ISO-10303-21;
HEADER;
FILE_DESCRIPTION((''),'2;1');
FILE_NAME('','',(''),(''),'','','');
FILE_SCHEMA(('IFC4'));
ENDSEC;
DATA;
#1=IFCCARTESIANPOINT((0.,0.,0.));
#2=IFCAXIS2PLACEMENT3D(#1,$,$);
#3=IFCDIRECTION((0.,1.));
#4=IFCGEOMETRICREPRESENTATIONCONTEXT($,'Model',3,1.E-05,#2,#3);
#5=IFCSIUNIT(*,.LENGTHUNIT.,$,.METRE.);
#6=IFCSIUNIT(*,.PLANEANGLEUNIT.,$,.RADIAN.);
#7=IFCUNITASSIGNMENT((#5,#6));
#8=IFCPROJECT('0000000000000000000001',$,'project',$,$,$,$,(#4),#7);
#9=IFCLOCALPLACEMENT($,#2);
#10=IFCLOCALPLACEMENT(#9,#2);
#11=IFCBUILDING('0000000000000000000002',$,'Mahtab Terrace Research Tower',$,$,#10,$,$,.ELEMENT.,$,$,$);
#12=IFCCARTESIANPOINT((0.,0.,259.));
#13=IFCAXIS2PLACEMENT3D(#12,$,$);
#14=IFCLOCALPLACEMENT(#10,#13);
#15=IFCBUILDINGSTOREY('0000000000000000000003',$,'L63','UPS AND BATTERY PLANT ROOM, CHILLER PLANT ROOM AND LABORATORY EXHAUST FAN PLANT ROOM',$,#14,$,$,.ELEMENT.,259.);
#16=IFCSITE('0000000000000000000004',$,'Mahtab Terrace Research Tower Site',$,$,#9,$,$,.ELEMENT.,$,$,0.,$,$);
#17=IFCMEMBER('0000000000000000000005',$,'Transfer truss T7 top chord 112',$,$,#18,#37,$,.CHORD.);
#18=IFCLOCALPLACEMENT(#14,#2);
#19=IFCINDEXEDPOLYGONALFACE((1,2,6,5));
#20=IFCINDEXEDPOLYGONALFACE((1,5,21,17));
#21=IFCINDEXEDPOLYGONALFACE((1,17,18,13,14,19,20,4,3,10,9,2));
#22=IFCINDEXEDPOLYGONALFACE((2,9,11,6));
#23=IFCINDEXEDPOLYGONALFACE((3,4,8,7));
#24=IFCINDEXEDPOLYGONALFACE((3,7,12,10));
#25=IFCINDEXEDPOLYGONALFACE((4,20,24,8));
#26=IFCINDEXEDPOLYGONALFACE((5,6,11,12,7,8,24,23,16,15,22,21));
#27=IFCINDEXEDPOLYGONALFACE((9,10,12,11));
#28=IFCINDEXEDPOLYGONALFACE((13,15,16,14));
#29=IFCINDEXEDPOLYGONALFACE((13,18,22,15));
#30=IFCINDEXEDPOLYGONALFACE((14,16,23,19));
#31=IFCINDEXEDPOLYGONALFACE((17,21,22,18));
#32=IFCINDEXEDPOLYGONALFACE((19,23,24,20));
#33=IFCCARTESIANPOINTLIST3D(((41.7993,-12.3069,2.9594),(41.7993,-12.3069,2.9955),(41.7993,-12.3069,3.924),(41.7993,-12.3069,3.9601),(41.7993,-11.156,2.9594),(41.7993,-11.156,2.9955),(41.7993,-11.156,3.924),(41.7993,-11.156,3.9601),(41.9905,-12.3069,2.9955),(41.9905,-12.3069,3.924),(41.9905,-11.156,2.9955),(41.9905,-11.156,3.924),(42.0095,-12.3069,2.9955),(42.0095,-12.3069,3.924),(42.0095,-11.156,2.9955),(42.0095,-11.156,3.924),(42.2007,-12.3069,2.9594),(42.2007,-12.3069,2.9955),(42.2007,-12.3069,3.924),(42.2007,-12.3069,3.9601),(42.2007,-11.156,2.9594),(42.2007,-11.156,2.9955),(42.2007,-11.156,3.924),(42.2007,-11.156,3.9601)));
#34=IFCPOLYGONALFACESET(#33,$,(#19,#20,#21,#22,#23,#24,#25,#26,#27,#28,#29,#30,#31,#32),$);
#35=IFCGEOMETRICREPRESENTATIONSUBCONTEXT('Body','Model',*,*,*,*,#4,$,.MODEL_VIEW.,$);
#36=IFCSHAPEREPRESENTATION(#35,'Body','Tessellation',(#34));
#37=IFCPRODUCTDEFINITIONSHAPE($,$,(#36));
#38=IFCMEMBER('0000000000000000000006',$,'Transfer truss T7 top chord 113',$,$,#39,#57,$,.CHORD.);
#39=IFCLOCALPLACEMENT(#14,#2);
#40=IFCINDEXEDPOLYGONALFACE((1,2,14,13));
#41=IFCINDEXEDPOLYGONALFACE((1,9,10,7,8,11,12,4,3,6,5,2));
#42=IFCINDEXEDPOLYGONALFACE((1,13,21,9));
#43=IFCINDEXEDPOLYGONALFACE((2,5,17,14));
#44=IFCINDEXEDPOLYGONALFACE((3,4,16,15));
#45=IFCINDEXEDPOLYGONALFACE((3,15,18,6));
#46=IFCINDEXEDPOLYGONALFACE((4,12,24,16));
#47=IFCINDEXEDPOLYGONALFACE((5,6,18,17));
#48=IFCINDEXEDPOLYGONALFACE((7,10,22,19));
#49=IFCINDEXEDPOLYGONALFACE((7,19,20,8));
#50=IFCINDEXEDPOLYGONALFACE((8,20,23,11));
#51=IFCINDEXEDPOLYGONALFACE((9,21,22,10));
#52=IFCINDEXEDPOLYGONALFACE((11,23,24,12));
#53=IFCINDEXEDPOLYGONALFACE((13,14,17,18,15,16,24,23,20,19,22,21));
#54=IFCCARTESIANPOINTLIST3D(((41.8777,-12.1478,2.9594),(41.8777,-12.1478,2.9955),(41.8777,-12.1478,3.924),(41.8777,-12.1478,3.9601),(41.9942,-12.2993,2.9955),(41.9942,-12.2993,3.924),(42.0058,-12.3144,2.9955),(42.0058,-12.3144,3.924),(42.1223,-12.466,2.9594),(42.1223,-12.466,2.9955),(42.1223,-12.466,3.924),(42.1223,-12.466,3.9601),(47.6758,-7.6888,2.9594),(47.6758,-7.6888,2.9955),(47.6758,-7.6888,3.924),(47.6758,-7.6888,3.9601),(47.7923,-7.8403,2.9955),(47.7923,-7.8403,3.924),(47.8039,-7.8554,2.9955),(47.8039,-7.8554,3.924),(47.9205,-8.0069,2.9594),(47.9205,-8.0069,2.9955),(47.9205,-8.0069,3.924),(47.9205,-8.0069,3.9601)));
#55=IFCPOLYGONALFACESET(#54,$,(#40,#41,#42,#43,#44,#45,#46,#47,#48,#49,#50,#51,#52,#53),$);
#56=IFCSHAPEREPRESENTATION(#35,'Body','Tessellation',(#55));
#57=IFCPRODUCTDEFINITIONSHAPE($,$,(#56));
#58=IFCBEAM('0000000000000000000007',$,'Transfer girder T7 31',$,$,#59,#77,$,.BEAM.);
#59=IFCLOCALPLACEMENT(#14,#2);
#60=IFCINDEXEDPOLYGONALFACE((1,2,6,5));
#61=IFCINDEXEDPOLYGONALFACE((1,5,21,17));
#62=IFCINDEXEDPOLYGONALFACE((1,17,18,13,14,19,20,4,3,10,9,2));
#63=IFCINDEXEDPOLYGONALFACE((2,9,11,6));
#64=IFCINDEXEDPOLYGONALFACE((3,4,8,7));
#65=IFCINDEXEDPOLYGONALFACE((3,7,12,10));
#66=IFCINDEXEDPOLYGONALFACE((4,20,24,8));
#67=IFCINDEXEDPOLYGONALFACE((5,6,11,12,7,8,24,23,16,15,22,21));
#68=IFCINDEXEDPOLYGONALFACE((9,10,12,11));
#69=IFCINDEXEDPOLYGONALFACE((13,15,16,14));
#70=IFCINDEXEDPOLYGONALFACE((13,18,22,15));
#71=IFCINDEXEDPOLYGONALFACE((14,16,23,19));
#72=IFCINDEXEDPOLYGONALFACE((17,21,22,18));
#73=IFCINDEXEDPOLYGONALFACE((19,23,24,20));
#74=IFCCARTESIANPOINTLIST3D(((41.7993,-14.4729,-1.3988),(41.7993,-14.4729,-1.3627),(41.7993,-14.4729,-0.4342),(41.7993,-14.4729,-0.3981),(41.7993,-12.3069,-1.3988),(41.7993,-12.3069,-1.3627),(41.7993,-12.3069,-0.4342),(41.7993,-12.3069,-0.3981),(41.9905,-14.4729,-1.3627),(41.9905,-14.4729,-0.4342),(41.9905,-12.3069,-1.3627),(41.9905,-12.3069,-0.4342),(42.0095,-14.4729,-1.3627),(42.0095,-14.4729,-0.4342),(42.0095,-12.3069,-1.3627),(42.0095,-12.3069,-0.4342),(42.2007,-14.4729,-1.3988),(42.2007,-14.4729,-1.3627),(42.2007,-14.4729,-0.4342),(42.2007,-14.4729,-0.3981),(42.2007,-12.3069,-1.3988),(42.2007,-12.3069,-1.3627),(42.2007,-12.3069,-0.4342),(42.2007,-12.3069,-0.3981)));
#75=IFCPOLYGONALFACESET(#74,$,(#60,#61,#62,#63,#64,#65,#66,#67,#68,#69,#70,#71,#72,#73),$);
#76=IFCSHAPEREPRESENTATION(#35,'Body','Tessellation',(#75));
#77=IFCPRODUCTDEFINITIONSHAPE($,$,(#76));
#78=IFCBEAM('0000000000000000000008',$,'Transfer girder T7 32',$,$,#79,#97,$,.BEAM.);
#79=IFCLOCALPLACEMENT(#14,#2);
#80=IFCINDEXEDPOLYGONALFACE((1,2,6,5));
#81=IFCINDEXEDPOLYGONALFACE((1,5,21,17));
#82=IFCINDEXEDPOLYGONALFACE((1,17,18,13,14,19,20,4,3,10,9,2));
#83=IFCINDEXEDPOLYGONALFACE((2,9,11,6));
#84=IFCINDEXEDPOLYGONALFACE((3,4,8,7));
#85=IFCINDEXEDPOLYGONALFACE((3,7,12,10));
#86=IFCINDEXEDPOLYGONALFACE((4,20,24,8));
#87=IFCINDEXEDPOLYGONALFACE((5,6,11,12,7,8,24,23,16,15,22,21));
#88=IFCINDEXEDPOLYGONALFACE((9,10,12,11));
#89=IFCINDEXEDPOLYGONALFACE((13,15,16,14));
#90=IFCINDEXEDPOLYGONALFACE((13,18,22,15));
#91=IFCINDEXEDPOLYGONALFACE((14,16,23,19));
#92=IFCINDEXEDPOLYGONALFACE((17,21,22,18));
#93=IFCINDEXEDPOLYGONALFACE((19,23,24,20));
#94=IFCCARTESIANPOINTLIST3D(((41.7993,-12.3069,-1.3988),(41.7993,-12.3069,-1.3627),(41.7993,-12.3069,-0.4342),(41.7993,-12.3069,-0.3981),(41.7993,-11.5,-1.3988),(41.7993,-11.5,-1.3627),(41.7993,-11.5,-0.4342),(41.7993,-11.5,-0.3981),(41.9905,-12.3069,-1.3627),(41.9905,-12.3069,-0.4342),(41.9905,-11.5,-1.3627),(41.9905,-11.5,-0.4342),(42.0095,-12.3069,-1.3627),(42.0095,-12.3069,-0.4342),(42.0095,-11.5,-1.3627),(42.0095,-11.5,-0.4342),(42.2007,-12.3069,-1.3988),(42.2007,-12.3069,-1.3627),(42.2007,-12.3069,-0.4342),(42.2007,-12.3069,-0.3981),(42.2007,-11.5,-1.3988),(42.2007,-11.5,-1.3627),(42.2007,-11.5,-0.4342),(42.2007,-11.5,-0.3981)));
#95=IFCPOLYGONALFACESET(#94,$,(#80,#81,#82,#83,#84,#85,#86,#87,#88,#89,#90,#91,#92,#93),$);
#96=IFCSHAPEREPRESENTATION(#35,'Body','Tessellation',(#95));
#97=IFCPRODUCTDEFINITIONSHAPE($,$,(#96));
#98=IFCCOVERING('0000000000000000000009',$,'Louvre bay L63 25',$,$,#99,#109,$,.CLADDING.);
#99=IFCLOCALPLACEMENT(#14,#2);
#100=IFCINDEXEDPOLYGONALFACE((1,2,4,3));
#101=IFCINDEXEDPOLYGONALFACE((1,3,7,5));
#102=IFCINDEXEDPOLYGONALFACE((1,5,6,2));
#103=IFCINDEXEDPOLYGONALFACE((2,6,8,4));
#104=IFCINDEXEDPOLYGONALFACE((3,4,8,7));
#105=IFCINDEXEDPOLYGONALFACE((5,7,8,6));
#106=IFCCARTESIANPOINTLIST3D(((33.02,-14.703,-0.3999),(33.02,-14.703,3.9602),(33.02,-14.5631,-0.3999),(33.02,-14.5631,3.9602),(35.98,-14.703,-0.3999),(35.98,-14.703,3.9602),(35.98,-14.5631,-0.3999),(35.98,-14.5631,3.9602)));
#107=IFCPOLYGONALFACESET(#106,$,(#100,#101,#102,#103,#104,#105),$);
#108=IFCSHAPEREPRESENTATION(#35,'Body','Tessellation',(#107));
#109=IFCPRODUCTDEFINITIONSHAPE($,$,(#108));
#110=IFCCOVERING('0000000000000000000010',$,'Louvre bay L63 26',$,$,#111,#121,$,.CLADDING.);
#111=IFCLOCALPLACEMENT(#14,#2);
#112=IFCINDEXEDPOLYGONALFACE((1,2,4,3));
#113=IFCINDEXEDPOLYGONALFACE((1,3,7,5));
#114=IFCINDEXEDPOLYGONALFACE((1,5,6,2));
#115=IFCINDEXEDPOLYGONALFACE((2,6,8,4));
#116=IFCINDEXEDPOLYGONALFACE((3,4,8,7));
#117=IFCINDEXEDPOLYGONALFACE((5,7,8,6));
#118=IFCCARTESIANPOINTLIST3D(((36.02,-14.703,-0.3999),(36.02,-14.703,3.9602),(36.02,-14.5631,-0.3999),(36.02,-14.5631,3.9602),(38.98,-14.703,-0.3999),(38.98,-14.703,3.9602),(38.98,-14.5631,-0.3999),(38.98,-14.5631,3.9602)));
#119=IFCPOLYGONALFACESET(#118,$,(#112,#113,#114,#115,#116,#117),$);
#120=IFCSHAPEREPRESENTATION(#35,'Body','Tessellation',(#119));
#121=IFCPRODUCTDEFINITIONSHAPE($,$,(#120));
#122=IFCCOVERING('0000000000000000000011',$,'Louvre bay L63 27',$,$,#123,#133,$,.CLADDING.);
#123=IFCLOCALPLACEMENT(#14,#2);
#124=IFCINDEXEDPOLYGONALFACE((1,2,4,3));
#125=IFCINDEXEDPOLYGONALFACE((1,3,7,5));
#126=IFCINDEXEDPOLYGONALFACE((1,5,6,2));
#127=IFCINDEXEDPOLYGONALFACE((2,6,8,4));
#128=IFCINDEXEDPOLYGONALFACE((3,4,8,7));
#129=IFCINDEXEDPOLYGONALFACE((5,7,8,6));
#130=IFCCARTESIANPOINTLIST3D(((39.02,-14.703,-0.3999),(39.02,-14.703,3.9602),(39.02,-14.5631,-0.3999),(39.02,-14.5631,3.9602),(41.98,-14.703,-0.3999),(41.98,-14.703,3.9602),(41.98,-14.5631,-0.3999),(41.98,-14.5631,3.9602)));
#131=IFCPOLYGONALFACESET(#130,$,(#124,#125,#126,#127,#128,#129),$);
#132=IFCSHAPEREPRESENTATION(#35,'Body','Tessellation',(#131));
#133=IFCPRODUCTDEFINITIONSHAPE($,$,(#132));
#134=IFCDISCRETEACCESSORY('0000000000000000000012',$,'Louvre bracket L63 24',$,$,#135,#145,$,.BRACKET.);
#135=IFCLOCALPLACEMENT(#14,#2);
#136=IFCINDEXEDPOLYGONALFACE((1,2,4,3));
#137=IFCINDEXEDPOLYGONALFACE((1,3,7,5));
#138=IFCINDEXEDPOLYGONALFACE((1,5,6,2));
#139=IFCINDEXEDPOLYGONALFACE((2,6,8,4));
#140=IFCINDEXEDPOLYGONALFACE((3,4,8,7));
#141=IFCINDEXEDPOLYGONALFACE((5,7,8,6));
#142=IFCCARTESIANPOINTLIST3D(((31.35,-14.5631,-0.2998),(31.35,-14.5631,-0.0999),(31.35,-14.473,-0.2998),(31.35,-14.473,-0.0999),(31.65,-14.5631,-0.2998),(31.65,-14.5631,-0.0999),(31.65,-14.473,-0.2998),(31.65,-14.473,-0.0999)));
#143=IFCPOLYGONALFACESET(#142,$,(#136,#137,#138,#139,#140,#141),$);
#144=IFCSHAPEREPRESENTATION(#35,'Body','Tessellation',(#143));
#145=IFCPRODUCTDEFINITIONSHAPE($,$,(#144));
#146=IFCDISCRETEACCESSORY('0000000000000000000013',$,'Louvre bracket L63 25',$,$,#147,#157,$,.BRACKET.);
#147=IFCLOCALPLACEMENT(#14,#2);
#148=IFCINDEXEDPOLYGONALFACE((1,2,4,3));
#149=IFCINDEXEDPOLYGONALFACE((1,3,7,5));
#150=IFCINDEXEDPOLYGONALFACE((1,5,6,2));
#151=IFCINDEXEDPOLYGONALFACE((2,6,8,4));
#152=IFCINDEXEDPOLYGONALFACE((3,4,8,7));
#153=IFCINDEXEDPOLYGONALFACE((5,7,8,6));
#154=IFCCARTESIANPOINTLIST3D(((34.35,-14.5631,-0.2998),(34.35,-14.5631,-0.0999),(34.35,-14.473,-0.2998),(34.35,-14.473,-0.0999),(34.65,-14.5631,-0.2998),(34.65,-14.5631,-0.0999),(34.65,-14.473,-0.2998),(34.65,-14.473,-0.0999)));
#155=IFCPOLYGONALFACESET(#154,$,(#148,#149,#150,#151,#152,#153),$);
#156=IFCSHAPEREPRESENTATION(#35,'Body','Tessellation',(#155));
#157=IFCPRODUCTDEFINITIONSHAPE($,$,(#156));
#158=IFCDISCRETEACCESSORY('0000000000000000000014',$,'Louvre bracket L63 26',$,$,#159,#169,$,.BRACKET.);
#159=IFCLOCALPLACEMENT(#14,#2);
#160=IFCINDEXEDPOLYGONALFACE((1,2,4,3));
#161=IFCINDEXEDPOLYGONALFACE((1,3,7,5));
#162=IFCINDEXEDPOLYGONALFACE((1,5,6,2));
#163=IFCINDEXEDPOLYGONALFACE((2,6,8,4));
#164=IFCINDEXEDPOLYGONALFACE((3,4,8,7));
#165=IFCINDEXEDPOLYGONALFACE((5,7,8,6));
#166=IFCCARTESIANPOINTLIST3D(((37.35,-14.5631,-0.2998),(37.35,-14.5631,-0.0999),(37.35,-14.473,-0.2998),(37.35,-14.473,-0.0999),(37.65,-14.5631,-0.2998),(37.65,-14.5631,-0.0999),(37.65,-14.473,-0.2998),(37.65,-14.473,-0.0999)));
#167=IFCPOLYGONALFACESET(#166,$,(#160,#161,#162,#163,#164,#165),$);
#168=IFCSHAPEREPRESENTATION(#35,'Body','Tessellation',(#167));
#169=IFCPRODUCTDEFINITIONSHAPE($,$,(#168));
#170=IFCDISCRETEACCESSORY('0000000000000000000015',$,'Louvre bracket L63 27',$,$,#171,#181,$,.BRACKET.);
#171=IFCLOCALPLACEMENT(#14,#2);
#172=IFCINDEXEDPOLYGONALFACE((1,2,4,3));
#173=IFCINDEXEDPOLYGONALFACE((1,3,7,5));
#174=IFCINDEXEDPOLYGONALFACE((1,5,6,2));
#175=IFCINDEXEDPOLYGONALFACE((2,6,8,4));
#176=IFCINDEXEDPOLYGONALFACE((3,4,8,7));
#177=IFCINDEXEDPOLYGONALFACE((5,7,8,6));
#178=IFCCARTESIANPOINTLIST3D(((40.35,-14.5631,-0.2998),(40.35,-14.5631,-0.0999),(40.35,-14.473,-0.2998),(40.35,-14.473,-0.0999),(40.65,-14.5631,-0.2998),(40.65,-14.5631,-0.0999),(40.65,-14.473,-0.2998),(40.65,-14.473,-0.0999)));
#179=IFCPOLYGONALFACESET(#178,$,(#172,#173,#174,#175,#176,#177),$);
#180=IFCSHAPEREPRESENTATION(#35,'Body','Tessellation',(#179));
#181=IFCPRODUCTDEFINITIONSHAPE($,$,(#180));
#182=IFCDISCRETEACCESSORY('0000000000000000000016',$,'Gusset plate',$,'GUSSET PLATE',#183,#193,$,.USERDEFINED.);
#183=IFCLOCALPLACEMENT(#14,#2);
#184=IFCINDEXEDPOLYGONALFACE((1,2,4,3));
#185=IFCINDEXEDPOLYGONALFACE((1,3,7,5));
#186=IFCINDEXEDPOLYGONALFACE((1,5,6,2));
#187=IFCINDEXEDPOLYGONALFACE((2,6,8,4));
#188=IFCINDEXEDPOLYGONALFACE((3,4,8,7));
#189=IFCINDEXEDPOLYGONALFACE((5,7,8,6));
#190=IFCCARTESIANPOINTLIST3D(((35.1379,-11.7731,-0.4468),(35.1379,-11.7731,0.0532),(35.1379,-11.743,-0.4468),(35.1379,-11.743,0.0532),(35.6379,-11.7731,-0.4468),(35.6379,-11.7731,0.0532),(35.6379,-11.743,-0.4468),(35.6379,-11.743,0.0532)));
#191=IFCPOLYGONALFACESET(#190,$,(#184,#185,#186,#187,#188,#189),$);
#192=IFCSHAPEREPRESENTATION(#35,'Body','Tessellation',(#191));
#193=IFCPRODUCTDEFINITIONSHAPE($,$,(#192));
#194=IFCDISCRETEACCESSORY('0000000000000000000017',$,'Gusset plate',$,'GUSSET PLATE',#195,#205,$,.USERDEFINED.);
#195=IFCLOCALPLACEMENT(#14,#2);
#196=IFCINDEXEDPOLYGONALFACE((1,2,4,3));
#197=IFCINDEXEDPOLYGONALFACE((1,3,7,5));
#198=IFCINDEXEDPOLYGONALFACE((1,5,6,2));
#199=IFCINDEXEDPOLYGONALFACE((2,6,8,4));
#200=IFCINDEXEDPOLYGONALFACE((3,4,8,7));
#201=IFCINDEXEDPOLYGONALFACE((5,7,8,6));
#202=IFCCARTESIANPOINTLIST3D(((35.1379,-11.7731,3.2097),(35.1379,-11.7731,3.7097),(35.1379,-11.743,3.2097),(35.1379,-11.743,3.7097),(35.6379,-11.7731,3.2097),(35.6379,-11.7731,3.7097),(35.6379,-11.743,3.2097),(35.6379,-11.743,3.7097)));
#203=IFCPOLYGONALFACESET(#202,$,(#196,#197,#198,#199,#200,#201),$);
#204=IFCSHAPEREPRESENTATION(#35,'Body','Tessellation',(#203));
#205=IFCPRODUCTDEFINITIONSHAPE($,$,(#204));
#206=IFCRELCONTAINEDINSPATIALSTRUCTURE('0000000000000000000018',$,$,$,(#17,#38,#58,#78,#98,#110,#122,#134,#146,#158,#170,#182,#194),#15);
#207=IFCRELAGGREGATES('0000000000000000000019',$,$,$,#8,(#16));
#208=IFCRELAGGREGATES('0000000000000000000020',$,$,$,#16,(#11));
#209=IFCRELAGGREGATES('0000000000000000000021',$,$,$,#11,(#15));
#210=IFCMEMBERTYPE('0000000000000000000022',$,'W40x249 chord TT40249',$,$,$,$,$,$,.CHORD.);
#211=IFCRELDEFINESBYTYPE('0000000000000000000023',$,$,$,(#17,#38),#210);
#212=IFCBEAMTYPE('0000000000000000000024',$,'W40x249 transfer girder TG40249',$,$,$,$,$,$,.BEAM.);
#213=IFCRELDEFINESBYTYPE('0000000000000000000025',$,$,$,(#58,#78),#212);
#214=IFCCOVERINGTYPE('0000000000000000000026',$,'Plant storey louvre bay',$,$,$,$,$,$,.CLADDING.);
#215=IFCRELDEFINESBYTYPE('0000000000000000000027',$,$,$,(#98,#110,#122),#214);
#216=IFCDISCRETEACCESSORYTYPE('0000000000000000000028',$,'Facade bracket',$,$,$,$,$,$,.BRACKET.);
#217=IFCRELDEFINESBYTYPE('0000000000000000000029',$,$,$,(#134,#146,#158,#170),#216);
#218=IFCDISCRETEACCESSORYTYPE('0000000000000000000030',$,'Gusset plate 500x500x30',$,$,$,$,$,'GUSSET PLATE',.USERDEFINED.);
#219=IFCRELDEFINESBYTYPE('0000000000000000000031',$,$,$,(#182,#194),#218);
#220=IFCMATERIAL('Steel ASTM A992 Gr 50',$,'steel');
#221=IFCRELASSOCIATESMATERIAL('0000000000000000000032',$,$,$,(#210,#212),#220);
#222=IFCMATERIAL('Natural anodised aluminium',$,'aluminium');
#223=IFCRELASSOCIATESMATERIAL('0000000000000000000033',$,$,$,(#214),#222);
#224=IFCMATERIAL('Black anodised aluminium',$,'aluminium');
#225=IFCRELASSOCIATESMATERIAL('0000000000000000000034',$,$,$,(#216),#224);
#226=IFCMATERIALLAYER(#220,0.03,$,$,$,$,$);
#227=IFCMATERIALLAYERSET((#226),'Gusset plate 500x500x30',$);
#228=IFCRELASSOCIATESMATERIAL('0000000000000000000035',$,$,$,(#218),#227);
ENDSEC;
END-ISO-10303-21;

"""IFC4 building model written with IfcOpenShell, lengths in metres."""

from ifc_helpers import new_model, si_unit, direction, frame, origin, origin_2d, place, context, subcontext, project, spatial, rectangle, i_section, extrude, material, layer, layer_set, material_profile, profile_set, type_object, element, save


model = new_model("IFC4")

# Units and contexts
model_context = context("Model", 3, precision=1e-05, world=origin(), true_north=direction((0.0, 1.0)))
body_context = subcontext(model_context, "Body", "Model", "MODEL_VIEW")
ifc_project = project(units=[si_unit("LENGTHUNIT", "METRE"), si_unit("PLANEANGLEUNIT", "RADIAN")], contexts=[model_context])

# Site, building, storey
site_placement = place(None, origin())
site = spatial("IfcSite", under=ifc_project, at=site_placement, Name="Mahtab Terrace Research Tower Site", CompositionType="ELEMENT", RefElevation=0.0)
building_placement = place(site_placement, origin())
building = spatial("IfcBuilding", under=site, at=building_placement, Name="Mahtab Terrace Research Tower", CompositionType="ELEMENT")
storey_placement = place(building_placement, frame((0.0, 0.0, 259.0)))
storey = spatial("IfcBuildingStorey", under=building, at=storey_placement, Name="L63", Description="UPS AND BATTERY PLANT ROOM, CHILLER PLANT ROOM AND LABORATORY EXHAUST FAN PLANT ROOM", CompositionType="ELEMENT", Elevation=259.0)

# Shared definitions
ifc_material_1 = material(Name="Steel ASTM A992 Gr 50", Category="steel")

# Members
ifc_material_profile_1 = material_profile(ifc_material_1, i_section(OverallWidth=0.4014, OverallDepth=1.0007, WebThickness=0.019, FlangeThickness=0.0361, at=origin_2d()), Name="W40X249")
ifc_profile_set_1 = profile_set([ifc_material_profile_1], Name="Steel ASTM A992 Gr 50")
member_type_1 = type_object("IfcMemberType", Name="W40x249 chord TT40249", PredefinedType="CHORD", material=ifc_profile_set_1)
member_1_placement = place(storey_placement, frame((42.0, -12.3069, 3.4597), z_axis=(0.0, 1.0, 0.0), x_axis=(-1.0, 0.0, 0.0)))
element("IfcMember", 1, at=member_1_placement, inside=storey, type_object=member_type_1, Name="Transfer truss T7 top chord 112", PredefinedType="CHORD", context=body_context, shape_type="SweptSolid", body=[
    extrude(i_section(OverallWidth=0.4014, OverallDepth=1.0007, WebThickness=0.019, FlangeThickness=0.0361, at=origin_2d()), origin(), (0.0, 0.0, 1.0), 1.1509),
])
member_2_placement = place(storey_placement, frame((42.0, -12.3069, 3.4597), z_axis=(0.792696, 0.609617, 0.0), x_axis=(-0.609617, 0.792696, 0.0)))
element("IfcMember", 2, at=member_2_placement, inside=storey, type_object=member_type_1, Name="Transfer truss T7 top chord 113", PredefinedType="CHORD", context=body_context, shape_type="SweptSolid", body=[
    extrude(i_section(OverallWidth=0.4014, OverallDepth=1.0007, WebThickness=0.019, FlangeThickness=0.0361, at=origin_2d()), origin(), (0.0, 0.0, 1.0), 7.3145),
])

# Beams
ifc_material_profile_2 = material_profile(ifc_material_1, i_section(OverallWidth=0.4014, OverallDepth=1.0007, WebThickness=0.019, FlangeThickness=0.0361, at=origin_2d()), Name="W40X249")
ifc_profile_set_2 = profile_set([ifc_material_profile_2], Name="Steel ASTM A992 Gr 50")
beam_type = type_object("IfcBeamType", Name="W40x249 transfer girder TG40249", PredefinedType="BEAM", material=ifc_profile_set_2)
beam_1_placement = place(storey_placement, frame((42.0, -14.4729, -0.8984), z_axis=(0.0, 1.0, 0.0), x_axis=(-1.0, 0.0, 0.0)))
element("IfcBeam", 3, at=beam_1_placement, inside=storey, type_object=beam_type, Name="Transfer girder T7 31", PredefinedType="BEAM", context=body_context, shape_type="SweptSolid", body=[
    extrude(i_section(OverallWidth=0.4014, OverallDepth=1.0007, WebThickness=0.019, FlangeThickness=0.0361, at=origin_2d()), origin(), (0.0, 0.0, 1.0), 2.166),
])
beam_2_placement = place(storey_placement, frame((42.0, -12.3069, -0.8984), z_axis=(0.0, 1.0, 0.0), x_axis=(-1.0, 0.0, 0.0)))
element("IfcBeam", 4, at=beam_2_placement, inside=storey, type_object=beam_type, Name="Transfer girder T7 32", PredefinedType="BEAM", context=body_context, shape_type="SweptSolid", body=[
    extrude(i_section(OverallWidth=0.4014, OverallDepth=1.0007, WebThickness=0.019, FlangeThickness=0.0361, at=origin_2d()), origin(), (0.0, 0.0, 1.0), 0.8069),
])

# Coverings
ifc_material_2 = material(Name="Natural anodised aluminium", Category="aluminium")
covering_type = type_object("IfcCoveringType", Name="Plant storey louvre bay", PredefinedType="CLADDING", material=ifc_material_2)
for number, where, z_axis, x_axis, name in (
    (5, (34.5, -14.6331, -0.3999), (0.0, 0.0, 1.0), (1.0, 0.0, 0.0), "Louvre bay L63 25"),
    (6, (37.5, -14.6331, -0.3999), (0.0, 0.0, 1.0), (1.0, 0.0, 0.0), "Louvre bay L63 26"),
    (7, (40.5, -14.6331, -0.3999), (0.0, 0.0, 1.0), (1.0, 0.0, 0.0), "Louvre bay L63 27"),
):
    element("IfcCovering", number, at=place(storey_placement, frame(where, z_axis=z_axis, x_axis=x_axis)), inside=storey, type_object=covering_type, Name=name, PredefinedType="CLADDING", context=body_context, shape_type="SweptSolid", body=[
        extrude(rectangle(XDim=2.96, YDim=0.1399, at=origin_2d()), origin(), (0.0, 0.0, 1.0), 4.3601),
    ])

# Discrete accessories
ifc_material_3 = material(Name="Black anodised aluminium", Category="aluminium")
discrete_accessory_type_1 = type_object("IfcDiscreteAccessoryType", Name="Facade bracket", PredefinedType="BRACKET", material=ifc_material_3)
for number, where, z_axis, x_axis, name in (
    (8, (31.5, -14.5181, -0.2998), (0.0, 0.0, 1.0), (1.0, 0.0, 0.0), "Louvre bracket L63 24"),
    (9, (34.5, -14.5181, -0.2998), (0.0, 0.0, 1.0), (1.0, 0.0, 0.0), "Louvre bracket L63 25"),
    (10, (37.5, -14.5181, -0.2998), (0.0, 0.0, 1.0), (1.0, 0.0, 0.0), "Louvre bracket L63 26"),
    (11, (40.5, -14.5181, -0.2998), (0.0, 0.0, 1.0), (1.0, 0.0, 0.0), "Louvre bracket L63 27"),
):
    element("IfcDiscreteAccessory", number, at=place(storey_placement, frame(where, z_axis=z_axis, x_axis=x_axis)), inside=storey, type_object=discrete_accessory_type_1, Name=name, PredefinedType="BRACKET", context=body_context, shape_type="SweptSolid", body=[
        extrude(rectangle(XDim=0.3, YDim=0.0901, at=origin_2d()), origin(), (0.0, 0.0, 1.0), 0.2),
    ])
ifc_layer = layer(ifc_material_1, 0.03)
ifc_layer_set = layer_set([ifc_layer], Name="Gusset plate 500x500x30")
discrete_accessory_type_2 = type_object("IfcDiscreteAccessoryType", Name="Gusset plate 500x500x30", ElementType="GUSSET PLATE", PredefinedType="USERDEFINED", material=ifc_layer_set)
for number, where, z_axis, x_axis, name in (
    (12, (35.3879, -11.7581, -0.4468), (0.0, 0.0, 1.0), (1.0, 0.0, 0.0), "Gusset plate"),
    (13, (35.3879, -11.7581, 3.2097), (0.0, 0.0, 1.0), (1.0, 0.0, 0.0), "Gusset plate"),
):
    element("IfcDiscreteAccessory", number, at=place(storey_placement, frame(where, z_axis=z_axis, x_axis=x_axis)), inside=storey, type_object=discrete_accessory_type_2, Name=name, ObjectType="GUSSET PLATE", PredefinedType="USERDEFINED", context=body_context, shape_type="SweptSolid", body=[
        extrude(rectangle(XDim=0.5, YDim=0.03, at=origin_2d()), origin(), (0.0, 0.0, 1.0), 0.5),
    ])

save(model, "model.ifc")
